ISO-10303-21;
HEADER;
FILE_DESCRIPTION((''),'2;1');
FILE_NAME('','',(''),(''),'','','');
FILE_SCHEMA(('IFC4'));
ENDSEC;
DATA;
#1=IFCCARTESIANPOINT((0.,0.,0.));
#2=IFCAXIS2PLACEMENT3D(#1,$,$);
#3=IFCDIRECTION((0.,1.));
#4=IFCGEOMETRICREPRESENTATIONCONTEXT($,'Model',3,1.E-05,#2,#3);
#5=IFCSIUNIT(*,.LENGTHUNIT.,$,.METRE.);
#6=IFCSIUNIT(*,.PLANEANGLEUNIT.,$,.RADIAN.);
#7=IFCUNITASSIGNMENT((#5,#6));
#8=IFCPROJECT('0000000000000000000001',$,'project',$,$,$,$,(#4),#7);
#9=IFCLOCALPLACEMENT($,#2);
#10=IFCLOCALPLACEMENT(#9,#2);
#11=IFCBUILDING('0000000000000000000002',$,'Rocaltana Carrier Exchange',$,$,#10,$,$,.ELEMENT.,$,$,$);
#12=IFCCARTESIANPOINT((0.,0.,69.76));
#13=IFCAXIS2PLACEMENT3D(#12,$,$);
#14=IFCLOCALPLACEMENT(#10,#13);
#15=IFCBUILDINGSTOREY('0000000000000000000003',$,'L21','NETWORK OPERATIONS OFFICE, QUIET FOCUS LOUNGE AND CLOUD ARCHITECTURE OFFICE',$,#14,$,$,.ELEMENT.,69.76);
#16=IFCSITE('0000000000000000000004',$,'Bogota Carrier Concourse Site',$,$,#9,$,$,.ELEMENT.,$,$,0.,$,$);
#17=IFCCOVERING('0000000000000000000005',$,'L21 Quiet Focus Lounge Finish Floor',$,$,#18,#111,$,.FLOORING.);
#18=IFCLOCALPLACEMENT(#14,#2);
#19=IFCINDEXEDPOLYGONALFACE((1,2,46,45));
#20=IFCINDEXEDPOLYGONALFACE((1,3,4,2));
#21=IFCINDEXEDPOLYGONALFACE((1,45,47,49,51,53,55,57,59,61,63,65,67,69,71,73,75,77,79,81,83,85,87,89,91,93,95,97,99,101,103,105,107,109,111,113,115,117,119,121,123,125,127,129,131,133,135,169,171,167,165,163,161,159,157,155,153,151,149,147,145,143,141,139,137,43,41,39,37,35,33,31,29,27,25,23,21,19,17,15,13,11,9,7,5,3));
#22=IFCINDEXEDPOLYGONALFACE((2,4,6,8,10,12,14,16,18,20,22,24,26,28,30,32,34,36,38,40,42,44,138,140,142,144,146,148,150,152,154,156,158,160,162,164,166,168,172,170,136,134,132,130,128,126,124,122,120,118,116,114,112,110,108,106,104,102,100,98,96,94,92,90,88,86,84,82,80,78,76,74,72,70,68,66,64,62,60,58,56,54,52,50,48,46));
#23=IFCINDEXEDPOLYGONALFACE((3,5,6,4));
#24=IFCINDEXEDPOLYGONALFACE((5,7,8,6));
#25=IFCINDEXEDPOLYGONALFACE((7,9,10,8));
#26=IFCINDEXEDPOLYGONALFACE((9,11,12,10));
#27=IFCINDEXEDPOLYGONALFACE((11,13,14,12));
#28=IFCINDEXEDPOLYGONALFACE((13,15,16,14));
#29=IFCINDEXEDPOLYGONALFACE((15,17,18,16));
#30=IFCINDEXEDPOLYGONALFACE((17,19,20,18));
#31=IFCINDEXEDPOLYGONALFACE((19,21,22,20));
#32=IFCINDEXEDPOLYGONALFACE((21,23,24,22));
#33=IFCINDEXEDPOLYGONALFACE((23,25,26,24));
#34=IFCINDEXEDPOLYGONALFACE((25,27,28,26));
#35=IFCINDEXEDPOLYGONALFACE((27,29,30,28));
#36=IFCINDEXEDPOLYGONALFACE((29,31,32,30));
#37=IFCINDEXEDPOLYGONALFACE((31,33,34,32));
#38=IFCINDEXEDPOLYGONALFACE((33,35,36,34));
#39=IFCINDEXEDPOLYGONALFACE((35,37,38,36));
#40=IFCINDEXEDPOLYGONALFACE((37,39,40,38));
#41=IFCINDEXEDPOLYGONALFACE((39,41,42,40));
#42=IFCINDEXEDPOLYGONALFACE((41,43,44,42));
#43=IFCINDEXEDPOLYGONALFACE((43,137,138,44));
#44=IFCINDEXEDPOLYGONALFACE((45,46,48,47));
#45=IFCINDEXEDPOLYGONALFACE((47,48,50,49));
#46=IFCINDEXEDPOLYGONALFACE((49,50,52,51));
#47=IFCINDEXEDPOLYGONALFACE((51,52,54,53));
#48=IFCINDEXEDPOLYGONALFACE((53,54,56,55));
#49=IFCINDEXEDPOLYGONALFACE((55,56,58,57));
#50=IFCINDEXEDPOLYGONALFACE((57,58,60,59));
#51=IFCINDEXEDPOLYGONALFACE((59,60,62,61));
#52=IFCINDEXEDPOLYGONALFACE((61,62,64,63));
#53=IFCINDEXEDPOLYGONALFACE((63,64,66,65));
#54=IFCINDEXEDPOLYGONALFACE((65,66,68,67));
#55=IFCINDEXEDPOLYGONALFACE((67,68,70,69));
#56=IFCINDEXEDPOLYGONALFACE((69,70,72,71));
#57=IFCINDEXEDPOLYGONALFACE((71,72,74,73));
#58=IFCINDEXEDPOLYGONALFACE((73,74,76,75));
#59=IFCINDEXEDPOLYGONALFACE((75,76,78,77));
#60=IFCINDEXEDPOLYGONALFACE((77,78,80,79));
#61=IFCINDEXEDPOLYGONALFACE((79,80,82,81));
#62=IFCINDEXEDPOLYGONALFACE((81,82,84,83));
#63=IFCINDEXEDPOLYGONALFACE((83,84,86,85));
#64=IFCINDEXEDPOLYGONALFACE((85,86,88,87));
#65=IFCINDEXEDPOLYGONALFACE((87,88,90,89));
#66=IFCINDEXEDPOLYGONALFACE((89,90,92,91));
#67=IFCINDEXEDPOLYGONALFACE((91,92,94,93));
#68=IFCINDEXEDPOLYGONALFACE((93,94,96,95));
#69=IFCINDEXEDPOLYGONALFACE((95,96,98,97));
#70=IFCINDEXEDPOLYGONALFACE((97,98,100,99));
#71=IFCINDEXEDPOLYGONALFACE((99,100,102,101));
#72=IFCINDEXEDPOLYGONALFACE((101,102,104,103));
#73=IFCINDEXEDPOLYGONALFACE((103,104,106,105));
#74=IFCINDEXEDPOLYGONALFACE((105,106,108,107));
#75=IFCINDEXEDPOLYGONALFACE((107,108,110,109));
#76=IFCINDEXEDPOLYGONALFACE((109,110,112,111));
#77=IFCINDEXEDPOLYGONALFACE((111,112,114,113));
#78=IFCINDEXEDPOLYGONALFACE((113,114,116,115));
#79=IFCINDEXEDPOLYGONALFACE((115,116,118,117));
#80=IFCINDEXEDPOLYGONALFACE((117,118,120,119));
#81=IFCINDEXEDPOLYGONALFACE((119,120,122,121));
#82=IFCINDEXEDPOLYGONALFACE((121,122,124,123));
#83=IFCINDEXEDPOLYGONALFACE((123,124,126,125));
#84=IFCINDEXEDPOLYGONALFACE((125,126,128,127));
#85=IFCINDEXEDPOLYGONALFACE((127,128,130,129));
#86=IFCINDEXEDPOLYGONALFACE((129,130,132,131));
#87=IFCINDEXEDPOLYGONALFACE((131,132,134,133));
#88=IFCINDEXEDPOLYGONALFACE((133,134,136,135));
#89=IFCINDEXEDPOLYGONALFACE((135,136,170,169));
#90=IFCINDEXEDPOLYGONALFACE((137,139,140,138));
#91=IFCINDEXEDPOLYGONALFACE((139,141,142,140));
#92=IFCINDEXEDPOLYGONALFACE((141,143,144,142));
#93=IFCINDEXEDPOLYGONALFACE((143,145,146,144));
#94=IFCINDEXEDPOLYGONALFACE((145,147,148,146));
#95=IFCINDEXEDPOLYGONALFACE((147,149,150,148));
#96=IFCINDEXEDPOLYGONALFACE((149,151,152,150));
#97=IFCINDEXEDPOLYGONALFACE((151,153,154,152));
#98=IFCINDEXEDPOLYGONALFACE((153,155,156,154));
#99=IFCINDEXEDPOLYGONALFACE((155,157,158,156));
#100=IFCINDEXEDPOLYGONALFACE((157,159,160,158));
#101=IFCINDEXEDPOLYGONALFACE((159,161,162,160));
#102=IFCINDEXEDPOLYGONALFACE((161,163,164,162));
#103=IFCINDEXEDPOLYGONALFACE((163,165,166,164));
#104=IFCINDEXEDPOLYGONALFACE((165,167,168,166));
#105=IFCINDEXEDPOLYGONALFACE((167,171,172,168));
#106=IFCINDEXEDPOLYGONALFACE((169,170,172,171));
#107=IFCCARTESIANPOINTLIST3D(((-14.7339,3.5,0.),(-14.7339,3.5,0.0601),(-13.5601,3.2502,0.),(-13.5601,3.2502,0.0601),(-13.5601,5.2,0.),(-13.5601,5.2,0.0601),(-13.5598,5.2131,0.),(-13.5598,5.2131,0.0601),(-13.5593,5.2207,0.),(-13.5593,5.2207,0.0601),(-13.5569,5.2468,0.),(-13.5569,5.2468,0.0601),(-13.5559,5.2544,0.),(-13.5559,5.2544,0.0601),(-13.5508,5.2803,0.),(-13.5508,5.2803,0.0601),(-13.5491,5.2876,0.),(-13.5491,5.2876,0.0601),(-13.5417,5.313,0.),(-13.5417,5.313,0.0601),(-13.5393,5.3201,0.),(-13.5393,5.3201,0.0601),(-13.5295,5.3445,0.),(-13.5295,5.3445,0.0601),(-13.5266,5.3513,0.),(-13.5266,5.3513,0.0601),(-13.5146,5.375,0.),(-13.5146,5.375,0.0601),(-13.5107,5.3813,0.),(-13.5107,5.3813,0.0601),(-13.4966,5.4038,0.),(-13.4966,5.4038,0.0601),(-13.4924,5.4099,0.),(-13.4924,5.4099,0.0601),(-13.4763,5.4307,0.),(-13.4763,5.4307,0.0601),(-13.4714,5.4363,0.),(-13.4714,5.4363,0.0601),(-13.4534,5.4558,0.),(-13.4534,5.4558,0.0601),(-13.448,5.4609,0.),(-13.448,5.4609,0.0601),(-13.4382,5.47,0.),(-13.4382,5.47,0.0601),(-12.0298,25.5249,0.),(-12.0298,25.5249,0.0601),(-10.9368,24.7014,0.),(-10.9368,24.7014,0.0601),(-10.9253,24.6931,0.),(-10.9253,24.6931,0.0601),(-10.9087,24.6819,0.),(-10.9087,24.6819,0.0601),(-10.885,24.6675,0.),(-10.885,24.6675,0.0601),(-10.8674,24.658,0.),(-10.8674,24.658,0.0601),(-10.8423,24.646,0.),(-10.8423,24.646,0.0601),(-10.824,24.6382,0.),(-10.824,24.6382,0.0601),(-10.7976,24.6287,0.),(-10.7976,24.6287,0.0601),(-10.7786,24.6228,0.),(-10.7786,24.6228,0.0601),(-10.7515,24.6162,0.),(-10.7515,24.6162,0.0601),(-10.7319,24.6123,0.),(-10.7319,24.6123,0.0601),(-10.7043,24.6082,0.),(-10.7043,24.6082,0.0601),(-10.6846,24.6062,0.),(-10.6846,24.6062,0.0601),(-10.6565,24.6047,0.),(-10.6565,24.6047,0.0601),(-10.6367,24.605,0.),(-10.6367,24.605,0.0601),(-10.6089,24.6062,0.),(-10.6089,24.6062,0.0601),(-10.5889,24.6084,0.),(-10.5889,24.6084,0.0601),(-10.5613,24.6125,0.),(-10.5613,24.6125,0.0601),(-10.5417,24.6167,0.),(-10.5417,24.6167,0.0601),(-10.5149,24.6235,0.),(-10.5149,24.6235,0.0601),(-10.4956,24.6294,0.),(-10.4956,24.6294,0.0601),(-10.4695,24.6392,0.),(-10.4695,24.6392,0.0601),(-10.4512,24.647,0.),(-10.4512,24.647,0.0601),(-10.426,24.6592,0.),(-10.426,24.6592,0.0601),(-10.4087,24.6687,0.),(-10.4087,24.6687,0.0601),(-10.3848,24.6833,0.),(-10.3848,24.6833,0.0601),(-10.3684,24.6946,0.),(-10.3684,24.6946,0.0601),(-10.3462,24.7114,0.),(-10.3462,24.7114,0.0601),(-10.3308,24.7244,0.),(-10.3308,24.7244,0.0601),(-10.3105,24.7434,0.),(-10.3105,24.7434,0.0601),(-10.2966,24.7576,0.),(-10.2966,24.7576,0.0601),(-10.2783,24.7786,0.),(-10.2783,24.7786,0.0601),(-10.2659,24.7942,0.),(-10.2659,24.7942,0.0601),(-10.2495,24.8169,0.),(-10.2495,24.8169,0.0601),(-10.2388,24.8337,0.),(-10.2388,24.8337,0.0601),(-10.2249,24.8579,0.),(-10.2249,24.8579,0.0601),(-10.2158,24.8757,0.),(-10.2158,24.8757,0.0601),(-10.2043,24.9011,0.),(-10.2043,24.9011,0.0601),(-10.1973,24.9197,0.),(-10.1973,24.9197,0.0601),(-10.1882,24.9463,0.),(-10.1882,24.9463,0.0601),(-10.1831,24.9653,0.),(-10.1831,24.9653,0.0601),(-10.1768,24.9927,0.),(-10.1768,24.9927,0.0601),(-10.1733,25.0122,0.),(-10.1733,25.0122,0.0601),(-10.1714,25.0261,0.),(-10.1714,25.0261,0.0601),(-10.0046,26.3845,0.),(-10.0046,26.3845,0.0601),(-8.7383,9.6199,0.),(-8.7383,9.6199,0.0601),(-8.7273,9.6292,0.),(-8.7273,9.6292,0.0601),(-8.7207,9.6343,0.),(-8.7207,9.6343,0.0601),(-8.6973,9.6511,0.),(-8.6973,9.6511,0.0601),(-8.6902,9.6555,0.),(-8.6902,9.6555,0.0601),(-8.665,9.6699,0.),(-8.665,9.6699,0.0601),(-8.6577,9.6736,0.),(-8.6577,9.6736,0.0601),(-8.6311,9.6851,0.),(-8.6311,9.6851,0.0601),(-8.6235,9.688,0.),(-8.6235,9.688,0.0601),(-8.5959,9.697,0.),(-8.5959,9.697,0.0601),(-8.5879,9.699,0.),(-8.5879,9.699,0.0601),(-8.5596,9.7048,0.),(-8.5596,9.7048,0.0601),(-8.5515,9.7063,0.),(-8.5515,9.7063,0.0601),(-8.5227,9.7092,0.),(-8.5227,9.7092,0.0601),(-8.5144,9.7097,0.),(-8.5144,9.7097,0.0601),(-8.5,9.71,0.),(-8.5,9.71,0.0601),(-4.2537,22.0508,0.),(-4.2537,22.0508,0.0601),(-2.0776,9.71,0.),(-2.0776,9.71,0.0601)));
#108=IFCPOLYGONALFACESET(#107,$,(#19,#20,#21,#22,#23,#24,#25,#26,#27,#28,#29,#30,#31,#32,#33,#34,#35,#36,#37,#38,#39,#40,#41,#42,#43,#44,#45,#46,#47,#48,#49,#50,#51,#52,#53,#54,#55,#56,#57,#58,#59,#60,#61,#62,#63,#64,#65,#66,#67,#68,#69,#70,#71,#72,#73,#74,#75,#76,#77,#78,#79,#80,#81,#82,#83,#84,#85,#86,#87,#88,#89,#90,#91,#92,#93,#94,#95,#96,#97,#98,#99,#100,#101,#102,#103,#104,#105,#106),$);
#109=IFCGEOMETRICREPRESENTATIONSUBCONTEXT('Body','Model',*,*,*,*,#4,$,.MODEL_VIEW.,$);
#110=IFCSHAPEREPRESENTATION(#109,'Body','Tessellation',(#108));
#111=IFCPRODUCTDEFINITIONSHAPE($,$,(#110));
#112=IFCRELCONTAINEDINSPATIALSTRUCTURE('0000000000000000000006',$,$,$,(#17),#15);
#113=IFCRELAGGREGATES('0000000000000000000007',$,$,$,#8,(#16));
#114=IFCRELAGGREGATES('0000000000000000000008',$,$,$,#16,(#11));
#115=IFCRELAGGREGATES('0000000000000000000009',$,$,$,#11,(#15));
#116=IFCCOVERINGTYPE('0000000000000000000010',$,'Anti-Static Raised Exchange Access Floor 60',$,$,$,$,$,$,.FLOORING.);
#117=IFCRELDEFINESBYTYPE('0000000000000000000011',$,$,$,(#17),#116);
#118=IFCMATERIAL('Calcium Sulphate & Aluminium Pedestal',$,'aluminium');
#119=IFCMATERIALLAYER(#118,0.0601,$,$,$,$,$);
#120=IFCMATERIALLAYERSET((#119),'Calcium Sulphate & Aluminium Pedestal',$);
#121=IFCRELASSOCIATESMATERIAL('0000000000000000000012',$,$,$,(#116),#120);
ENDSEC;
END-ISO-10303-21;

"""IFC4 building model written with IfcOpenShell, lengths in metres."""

from ifc_helpers import new_model, si_unit, direction, frame, origin, place, context, subcontext, project, spatial, polyline, outline, extrude, material, layer, layer_set, type_object, element, save


model = new_model("IFC4")

# Units and contexts
model_context = context("Model", 3, precision=1e-05, world=origin(), true_north=direction((0.0, 1.0)))
body_context = subcontext(model_context, "Body", "Model", "MODEL_VIEW")
ifc_project = project(units=[si_unit("LENGTHUNIT", "METRE"), si_unit("PLANEANGLEUNIT", "RADIAN")], contexts=[model_context])

# Site, building, storey
site_placement = place(None, origin())
site = spatial("IfcSite", under=ifc_project, at=site_placement, Name="Bogota Carrier Concourse Site", CompositionType="ELEMENT", RefElevation=0.0)
building_placement = place(site_placement, origin())
building = spatial("IfcBuilding", under=site, at=building_placement, Name="Rocaltana Carrier Exchange", CompositionType="ELEMENT")
storey_placement = place(building_placement, frame((0.0, 0.0, 69.76)))
storey = spatial("IfcBuildingStorey", under=building, at=storey_placement, Name="L21", Description="NETWORK OPERATIONS OFFICE, QUIET FOCUS LOUNGE AND CLOUD ARCHITECTURE OFFICE", CompositionType="ELEMENT", Elevation=69.76)

# Covering
ifc_material_1 = material(Name="Calcium Sulphate & Aluminium Pedestal", Category="aluminium")
ifc_layer_1 = layer(ifc_material_1, 0.0601)
ifc_layer_set_1 = layer_set([ifc_layer_1], Name="Calcium Sulphate & Aluminium Pedestal")
covering_type_1 = type_object("IfcCoveringType", Name="Anti-Static Raised Exchange Access Floor 60", PredefinedType="FLOORING", material=ifc_layer_set_1)
covering_1_placement = place(storey_placement, origin())
element("IfcCovering", 1, at=covering_1_placement, inside=storey, type_object=covering_type_1, Name="L21 Quiet Focus Lounge Finish Floor", PredefinedType="FLOORING", context=body_context, shape_type="SweptSolid", body=[
    extrude(outline(polyline([(-12.0298, 25.5249), (-10.9368, 24.7014), (-10.9253, 24.6931), (-10.9087, 24.6819), (-10.885, 24.6675), (-10.8674, 24.658), (-10.8423, 24.646), (-10.824, 24.6382), (-10.7976, 24.6287), (-10.7786, 24.6228), (-10.7515, 24.6162), (-10.7319, 24.6123), (-10.7043, 24.6082), (-10.6846, 24.6062), (-10.6565, 24.6047), (-10.6367, 24.605), (-10.6089, 24.6062), (-10.5889, 24.6084), (-10.5613, 24.6125), (-10.5417, 24.6167), (-10.5149, 24.6235), (-10.4956, 24.6294), (-10.4695, 24.6392), (-10.4512, 24.647), (-10.426, 24.6592), (-10.4087, 24.6687), (-10.3848, 24.6833), (-10.3684, 24.6946), (-10.3462, 24.7114), (-10.3308, 24.7244), (-10.3105, 24.7434), (-10.2966, 24.7576), (-10.2783, 24.7786), (-10.2659, 24.7942), (-10.2495, 24.8169), (-10.2388, 24.8337), (-10.2249, 24.8579), (-10.2158, 24.8757), (-10.2043, 24.9011), (-10.1973, 24.9197), (-10.1882, 24.9463), (-10.1831, 24.9653), (-10.1768, 24.9927), (-10.1733, 25.0122), (-10.1714, 25.0261), (-10.0046, 26.3845), (-4.2537, 22.0508), (-2.0776, 9.71), (-8.5, 9.71), (-8.5144, 9.7097), (-8.5227, 9.7092), (-8.5515, 9.7063), (-8.5596, 9.7048), (-8.5879, 9.699), (-8.5959, 9.697), (-8.6235, 9.688), (-8.6311, 9.6851), (-8.6577, 9.6736), (-8.665, 9.6699), (-8.6902, 9.6555), (-8.6973, 9.6511), (-8.7207, 9.6343), (-8.7273, 9.6292), (-8.7383, 9.6199), (-13.4382, 5.47), (-13.448, 5.4609), (-13.4534, 5.4558), (-13.4714, 5.4363), (-13.4763, 5.4307), (-13.4924, 5.4099), (-13.4966, 5.4038), (-13.5107, 5.3813), (-13.5146, 5.375), (-13.5266, 5.3513), (-13.5295, 5.3445), (-13.5393, 5.3201), (-13.5417, 5.313), (-13.5491, 5.2876), (-13.5508, 5.2803), (-13.5559, 5.2544), (-13.5569, 5.2468), (-13.5593, 5.2207), (-13.5598, 5.2131), (-13.5601, 5.2), (-13.5601, 3.2502), (-14.7339, 3.5), (-12.0298, 25.5249)])), origin(), (0.0, 0.0, 1.0), 0.0601),
])

save(model, "model.ifc")
